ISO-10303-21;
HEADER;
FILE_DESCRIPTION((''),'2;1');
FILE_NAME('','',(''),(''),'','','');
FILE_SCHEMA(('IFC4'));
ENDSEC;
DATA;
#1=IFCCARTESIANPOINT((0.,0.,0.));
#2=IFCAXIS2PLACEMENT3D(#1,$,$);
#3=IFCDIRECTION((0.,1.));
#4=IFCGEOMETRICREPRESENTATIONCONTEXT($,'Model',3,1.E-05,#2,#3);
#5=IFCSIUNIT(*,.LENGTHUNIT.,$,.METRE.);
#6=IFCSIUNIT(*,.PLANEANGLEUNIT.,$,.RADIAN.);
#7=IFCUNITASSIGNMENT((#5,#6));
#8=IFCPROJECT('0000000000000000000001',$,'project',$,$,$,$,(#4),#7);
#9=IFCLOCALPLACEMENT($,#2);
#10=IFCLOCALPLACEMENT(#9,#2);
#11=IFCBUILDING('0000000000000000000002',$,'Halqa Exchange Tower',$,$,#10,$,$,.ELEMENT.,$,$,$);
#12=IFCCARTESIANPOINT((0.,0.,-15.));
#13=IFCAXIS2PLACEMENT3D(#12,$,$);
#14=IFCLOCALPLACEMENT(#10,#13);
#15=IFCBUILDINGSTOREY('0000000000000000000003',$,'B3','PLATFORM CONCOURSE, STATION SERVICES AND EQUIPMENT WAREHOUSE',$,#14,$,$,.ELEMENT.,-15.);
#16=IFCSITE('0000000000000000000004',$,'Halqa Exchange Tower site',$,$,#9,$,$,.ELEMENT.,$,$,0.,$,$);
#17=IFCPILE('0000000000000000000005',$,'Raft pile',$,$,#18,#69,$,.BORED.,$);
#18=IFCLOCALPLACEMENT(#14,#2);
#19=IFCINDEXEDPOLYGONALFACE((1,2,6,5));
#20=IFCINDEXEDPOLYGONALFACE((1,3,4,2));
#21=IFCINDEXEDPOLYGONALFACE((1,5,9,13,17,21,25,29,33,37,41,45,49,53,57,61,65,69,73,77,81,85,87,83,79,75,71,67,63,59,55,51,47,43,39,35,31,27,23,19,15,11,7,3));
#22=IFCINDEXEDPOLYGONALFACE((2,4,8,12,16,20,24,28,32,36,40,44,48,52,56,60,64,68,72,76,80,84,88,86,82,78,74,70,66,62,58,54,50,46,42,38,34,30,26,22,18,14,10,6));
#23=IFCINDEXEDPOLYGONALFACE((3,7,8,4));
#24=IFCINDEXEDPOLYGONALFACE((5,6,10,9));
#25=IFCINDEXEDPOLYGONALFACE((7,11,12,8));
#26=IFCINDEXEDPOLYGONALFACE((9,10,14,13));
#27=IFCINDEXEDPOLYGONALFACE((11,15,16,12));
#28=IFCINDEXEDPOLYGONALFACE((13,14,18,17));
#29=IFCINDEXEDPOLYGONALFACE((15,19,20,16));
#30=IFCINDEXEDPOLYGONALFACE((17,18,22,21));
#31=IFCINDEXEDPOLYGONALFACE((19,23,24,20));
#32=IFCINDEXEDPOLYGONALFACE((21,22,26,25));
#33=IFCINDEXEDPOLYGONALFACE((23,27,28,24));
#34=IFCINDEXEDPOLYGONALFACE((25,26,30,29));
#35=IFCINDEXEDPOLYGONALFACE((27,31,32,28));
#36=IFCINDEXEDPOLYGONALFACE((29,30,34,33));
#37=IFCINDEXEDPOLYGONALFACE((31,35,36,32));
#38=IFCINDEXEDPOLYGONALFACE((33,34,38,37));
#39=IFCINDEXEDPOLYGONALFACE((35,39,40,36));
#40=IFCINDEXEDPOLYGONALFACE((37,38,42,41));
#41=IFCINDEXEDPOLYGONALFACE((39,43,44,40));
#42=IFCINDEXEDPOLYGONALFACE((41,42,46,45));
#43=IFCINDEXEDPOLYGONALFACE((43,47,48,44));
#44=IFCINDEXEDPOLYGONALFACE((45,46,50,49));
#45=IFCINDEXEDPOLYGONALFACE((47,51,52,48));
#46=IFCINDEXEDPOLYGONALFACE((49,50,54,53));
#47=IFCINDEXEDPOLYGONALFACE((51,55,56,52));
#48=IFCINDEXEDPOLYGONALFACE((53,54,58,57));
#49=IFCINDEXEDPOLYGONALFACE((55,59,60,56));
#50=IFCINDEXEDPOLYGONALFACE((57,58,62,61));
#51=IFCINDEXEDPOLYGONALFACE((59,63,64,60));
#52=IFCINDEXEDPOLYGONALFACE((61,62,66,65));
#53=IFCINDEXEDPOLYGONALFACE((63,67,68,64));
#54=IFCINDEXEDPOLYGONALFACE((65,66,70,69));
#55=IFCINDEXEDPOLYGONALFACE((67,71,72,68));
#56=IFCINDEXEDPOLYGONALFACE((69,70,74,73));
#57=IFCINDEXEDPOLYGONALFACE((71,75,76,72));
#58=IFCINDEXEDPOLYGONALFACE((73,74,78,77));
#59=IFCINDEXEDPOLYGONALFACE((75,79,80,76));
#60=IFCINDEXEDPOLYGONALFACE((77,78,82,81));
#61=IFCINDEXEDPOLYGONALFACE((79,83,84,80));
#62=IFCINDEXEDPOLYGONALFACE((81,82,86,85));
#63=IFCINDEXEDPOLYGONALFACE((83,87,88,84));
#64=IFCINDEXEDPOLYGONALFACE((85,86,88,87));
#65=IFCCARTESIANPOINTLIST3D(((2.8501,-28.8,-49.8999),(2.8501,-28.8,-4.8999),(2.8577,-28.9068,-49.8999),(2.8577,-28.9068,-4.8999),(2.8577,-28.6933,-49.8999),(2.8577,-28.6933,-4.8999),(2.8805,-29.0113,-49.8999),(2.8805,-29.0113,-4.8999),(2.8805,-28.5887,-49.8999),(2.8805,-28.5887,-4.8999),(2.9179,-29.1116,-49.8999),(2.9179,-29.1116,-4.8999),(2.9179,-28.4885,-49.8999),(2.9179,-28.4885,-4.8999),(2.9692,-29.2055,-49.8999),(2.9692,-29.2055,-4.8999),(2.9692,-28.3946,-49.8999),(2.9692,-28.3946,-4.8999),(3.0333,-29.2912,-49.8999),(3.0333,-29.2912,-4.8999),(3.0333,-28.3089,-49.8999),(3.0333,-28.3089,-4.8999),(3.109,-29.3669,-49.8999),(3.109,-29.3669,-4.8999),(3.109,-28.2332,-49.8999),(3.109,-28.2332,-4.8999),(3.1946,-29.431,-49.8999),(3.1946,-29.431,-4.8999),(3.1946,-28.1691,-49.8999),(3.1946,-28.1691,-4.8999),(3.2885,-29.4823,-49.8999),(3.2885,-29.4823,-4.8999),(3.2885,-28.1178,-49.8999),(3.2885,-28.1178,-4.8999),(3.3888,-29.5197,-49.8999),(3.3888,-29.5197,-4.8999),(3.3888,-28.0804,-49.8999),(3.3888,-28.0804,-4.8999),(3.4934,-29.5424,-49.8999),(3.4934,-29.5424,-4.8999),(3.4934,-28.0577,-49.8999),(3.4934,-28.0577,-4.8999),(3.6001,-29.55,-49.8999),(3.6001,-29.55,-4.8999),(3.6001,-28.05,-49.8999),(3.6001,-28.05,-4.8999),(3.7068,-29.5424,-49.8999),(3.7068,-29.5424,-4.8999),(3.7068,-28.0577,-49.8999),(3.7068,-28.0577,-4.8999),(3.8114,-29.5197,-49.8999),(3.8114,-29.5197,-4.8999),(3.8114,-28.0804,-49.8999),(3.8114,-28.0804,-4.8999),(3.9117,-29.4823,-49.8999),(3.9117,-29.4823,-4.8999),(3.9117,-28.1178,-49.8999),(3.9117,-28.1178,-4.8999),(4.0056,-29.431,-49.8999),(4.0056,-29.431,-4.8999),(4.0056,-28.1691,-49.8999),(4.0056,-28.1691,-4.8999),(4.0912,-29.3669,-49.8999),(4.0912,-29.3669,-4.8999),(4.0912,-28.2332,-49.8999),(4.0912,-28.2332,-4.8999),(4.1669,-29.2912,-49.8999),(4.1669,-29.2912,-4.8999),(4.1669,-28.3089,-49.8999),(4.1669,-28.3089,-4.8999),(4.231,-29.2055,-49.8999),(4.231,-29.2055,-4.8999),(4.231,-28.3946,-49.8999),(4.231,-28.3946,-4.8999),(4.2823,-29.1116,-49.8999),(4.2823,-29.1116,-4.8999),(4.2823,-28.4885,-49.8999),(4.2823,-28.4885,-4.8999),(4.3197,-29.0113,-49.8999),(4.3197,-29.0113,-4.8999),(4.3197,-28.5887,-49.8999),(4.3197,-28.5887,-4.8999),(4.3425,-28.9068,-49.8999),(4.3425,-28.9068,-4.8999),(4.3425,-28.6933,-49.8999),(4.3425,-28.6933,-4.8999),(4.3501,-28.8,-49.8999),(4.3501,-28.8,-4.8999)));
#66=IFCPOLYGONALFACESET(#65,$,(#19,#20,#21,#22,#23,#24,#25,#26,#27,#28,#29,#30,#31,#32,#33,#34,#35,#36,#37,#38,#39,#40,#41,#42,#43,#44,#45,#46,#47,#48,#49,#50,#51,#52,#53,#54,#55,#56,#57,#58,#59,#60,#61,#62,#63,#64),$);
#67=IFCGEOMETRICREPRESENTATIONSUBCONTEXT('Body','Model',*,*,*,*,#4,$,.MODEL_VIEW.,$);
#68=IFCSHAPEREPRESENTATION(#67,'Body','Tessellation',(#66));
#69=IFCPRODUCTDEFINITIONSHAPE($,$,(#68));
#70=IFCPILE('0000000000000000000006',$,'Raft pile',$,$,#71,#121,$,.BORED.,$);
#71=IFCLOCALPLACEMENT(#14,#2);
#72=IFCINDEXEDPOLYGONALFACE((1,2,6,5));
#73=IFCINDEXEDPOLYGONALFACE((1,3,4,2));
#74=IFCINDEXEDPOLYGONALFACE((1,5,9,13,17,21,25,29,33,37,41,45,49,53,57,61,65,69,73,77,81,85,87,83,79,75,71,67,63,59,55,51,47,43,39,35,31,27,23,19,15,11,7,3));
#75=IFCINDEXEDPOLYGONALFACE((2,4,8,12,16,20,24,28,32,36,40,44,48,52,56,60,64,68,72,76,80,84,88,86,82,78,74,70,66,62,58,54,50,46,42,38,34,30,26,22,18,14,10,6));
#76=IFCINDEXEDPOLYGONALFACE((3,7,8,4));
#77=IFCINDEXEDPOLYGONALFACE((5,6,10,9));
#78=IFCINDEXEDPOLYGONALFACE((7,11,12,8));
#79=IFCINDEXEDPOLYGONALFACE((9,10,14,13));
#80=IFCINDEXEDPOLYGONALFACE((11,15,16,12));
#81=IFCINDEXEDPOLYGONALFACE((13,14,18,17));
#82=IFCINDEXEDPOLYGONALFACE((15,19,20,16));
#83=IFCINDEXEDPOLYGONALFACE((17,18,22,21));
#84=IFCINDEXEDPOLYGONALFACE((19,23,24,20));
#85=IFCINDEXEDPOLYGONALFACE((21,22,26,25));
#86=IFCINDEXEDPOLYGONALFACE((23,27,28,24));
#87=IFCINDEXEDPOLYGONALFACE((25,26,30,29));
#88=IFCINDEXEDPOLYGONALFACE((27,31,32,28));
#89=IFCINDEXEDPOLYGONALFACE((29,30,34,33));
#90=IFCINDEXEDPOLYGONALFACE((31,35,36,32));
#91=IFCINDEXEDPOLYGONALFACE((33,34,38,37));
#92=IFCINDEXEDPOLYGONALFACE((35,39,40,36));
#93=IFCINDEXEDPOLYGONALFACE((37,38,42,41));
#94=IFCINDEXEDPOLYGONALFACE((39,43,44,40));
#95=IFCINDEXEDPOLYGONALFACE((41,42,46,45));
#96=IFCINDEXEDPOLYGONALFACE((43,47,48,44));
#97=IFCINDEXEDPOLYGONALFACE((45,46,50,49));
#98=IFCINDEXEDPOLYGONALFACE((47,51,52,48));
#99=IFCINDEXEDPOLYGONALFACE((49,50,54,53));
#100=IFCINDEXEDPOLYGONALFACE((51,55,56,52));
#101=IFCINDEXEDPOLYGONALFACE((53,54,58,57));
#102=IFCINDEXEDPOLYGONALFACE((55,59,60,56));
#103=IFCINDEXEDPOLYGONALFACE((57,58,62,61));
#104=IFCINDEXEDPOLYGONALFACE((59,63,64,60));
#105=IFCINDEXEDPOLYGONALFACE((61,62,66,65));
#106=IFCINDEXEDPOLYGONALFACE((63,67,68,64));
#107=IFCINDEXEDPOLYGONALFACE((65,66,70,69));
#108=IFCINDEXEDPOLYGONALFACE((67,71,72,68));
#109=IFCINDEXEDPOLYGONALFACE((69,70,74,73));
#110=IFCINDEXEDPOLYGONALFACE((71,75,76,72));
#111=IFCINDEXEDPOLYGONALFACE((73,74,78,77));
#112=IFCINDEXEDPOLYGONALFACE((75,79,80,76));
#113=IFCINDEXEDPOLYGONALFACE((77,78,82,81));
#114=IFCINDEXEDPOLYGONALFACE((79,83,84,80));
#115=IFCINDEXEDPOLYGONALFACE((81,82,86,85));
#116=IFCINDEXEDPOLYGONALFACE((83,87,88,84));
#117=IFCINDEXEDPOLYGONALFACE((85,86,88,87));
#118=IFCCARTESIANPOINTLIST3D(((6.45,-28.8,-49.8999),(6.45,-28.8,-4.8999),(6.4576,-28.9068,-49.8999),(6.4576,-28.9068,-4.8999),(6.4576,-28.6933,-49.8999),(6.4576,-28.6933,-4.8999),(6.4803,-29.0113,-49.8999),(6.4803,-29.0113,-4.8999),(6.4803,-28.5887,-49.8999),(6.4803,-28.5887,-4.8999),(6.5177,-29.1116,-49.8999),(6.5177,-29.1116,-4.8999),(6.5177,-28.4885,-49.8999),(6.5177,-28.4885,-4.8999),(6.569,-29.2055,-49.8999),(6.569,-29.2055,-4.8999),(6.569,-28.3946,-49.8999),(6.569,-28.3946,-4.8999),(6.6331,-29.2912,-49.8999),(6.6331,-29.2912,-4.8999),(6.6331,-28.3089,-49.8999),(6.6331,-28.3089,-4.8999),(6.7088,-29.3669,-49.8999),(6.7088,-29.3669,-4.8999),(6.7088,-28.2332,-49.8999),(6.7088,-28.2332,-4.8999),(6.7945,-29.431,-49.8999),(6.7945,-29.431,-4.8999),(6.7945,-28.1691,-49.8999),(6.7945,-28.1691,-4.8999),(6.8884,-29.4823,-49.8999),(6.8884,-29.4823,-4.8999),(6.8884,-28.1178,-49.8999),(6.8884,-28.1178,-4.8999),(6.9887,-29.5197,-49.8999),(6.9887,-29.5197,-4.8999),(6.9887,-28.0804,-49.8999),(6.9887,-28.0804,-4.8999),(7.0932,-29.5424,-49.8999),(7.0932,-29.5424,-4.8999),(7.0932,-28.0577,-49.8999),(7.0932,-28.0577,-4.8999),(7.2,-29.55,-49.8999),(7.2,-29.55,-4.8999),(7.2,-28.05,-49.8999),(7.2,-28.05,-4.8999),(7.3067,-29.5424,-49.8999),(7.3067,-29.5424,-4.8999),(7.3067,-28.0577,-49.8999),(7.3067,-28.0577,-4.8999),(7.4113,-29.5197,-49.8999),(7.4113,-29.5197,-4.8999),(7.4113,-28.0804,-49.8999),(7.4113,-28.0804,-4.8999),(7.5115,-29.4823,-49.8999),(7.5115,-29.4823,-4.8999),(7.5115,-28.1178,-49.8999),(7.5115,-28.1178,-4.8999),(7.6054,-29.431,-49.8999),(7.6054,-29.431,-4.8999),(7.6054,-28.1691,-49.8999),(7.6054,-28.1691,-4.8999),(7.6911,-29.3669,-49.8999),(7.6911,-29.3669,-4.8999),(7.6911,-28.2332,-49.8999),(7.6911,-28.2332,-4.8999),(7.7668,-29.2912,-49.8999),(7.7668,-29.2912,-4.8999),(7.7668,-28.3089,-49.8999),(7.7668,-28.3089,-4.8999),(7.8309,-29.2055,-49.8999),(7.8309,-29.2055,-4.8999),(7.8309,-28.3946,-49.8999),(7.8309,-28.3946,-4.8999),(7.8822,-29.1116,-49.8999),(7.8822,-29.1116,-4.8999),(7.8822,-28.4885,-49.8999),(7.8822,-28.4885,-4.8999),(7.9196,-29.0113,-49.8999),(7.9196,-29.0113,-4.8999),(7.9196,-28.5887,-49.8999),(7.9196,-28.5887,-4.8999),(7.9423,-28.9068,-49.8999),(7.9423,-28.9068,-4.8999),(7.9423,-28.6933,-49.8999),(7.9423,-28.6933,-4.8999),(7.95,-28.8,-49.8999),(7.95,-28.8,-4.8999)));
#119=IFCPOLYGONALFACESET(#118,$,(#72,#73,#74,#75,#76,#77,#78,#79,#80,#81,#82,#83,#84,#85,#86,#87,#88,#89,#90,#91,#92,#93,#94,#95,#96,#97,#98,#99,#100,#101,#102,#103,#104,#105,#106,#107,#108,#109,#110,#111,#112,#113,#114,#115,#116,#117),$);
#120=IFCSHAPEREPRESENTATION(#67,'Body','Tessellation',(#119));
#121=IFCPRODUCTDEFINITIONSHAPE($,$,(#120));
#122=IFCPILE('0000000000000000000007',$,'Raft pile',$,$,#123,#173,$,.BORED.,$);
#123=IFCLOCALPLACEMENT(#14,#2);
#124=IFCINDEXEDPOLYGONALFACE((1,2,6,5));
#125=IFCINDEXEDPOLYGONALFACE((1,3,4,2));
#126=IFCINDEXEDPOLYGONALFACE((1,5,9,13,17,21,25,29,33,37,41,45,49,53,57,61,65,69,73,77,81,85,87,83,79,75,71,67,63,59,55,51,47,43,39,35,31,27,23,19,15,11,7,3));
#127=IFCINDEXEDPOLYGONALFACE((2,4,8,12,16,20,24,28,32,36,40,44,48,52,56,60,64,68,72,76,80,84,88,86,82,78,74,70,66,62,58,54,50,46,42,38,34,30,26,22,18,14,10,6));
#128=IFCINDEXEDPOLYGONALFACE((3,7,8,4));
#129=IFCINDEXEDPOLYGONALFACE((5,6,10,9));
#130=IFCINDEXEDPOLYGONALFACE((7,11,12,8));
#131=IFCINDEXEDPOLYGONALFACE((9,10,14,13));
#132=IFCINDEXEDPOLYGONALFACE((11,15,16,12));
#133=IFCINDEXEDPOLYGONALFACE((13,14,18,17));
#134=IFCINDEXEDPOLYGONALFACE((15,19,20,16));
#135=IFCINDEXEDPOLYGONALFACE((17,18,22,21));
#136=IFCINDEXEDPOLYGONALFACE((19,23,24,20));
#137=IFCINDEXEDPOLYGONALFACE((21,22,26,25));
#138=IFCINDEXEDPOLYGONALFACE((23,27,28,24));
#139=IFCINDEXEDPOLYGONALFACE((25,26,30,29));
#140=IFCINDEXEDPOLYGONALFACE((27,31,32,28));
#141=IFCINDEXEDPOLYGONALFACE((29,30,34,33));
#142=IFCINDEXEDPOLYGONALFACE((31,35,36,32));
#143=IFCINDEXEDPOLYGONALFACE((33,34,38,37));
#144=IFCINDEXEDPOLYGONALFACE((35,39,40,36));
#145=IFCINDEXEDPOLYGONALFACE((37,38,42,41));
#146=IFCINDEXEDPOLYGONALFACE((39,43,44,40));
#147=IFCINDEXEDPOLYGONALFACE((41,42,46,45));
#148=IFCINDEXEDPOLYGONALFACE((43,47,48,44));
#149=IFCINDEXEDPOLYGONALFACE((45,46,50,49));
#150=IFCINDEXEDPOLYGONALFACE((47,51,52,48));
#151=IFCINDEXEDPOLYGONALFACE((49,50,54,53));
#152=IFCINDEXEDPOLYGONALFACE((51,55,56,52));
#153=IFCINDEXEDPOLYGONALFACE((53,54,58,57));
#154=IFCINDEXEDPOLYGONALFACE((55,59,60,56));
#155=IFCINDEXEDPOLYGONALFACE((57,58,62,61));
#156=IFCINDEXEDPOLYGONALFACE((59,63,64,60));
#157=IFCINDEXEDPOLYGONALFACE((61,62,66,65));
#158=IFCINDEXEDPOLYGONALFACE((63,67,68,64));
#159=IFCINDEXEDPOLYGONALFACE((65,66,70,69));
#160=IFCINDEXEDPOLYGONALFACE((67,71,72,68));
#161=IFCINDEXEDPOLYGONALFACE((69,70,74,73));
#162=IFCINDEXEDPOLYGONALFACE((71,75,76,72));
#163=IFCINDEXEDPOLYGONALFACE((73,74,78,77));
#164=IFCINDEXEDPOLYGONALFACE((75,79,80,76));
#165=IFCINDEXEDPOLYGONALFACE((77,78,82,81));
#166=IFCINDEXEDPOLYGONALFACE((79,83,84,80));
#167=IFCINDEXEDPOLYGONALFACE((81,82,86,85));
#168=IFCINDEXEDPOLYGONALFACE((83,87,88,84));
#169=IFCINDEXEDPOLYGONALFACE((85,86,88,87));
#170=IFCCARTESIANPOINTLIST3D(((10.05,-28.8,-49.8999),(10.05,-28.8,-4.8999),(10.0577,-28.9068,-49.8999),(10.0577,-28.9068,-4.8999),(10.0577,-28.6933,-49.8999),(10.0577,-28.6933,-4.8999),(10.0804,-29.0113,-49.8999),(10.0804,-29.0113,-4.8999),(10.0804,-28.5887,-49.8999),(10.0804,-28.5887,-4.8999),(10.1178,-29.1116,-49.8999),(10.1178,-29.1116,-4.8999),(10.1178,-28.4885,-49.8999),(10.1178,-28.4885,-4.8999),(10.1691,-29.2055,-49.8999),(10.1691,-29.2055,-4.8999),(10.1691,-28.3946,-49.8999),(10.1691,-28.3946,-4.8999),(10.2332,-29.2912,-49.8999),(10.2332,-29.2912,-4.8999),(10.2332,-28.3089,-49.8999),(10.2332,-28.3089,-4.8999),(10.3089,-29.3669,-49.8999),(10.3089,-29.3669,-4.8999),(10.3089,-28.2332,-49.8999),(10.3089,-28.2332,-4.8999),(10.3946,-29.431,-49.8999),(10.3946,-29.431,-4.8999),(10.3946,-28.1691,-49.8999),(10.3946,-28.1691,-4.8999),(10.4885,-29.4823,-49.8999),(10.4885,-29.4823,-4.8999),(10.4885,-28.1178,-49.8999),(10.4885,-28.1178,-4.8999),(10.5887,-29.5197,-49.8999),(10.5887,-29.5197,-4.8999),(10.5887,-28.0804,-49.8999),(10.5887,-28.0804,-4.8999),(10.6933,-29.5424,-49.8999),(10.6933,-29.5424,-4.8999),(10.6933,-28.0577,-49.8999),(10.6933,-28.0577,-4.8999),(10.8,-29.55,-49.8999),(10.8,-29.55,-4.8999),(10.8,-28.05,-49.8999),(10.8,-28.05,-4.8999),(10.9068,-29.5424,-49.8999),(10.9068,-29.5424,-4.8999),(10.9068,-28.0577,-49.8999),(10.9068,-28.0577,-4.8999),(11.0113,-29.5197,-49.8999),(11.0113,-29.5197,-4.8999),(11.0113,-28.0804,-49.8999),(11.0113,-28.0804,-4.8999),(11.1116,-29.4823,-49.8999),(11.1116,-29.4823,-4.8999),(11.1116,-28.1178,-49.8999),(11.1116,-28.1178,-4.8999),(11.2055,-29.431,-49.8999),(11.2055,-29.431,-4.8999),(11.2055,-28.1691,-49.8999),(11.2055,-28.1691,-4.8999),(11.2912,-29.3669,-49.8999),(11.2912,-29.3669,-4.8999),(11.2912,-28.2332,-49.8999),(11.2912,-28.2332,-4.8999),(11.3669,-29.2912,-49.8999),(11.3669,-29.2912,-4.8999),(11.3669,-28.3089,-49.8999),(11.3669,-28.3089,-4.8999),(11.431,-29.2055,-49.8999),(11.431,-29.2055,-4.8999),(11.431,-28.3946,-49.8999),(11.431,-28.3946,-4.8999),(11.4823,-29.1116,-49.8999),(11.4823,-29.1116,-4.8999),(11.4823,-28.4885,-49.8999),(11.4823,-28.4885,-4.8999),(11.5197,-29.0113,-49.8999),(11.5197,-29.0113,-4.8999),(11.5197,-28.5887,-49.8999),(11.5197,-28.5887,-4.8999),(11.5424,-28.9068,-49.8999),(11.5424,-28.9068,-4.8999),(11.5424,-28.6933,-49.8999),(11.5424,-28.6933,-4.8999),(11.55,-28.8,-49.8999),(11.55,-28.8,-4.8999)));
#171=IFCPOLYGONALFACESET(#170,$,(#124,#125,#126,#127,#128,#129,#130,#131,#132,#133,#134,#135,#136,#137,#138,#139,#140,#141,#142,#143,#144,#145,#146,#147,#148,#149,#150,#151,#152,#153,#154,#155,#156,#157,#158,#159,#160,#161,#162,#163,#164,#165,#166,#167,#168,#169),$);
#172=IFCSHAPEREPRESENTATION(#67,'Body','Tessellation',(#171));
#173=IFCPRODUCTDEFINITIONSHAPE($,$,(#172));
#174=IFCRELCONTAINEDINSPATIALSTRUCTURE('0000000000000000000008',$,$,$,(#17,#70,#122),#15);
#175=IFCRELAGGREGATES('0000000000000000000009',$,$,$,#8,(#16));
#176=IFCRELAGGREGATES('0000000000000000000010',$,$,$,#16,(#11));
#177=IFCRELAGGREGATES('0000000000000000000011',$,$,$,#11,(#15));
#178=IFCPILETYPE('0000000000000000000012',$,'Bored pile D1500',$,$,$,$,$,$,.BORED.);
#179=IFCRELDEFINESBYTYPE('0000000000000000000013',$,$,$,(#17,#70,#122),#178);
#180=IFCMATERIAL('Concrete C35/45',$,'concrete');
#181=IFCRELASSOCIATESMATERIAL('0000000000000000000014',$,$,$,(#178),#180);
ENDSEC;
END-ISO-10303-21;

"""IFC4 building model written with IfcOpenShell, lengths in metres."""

from ifc_helpers import new_model, si_unit, direction, frame, origin, origin_2d, place, context, subcontext, project, spatial, circle, extrude, material, material_profile, profile_set, type_object, element, save


model = new_model("IFC4")

# Units and contexts
model_context = context("Model", 3, precision=1e-05, world=origin(), true_north=direction((0.0, 1.0)))
body_context = subcontext(model_context, "Body", "Model", "MODEL_VIEW")
ifc_project = project(units=[si_unit("LENGTHUNIT", "METRE"), si_unit("PLANEANGLEUNIT", "RADIAN")], contexts=[model_context])

# Site, building, storey
site_placement = place(None, origin())
site = spatial("IfcSite", under=ifc_project, at=site_placement, Name="Halqa Exchange Tower site", CompositionType="ELEMENT", RefElevation=0.0)
building_placement = place(site_placement, origin())
building = spatial("IfcBuilding", under=site, at=building_placement, Name="Halqa Exchange Tower", CompositionType="ELEMENT")
storey_placement = place(building_placement, frame((0.0, 0.0, -15.0)))
storey = spatial("IfcBuildingStorey", under=building, at=storey_placement, Name="B3", Description="PLATFORM CONCOURSE, STATION SERVICES AND EQUIPMENT WAREHOUSE", CompositionType="ELEMENT", Elevation=-15.0)

# Piles
ifc_material_1 = material(Name="Concrete C35/45", Category="concrete")
ifc_material_profile_1 = material_profile(ifc_material_1, circle(Radius=0.75, at=origin_2d()), Name="D1500")
ifc_profile_set_1 = profile_set([ifc_material_profile_1], Name="Concrete C35/45")
pile_type_1 = type_object("IfcPileType", Name="Bored pile D1500", PredefinedType="BORED", material=ifc_profile_set_1)
for number, where, z_axis, x_axis, name in (
    (1, (3.6001, -28.8, -4.8999), (0.0, 0.0, -1.0), (1.0, 0.0, 0.0), "Raft pile"),
    (2, (7.2, -28.8, -4.8999), (0.0, 0.0, -1.0), (1.0, 0.0, 0.0), "Raft pile"),
    (3, (10.8, -28.8, -4.8999), (0.0, 0.0, -1.0), (1.0, 0.0, 0.0), "Raft pile"),
):
    element("IfcPile", number, at=place(storey_placement, frame(where, z_axis=z_axis, x_axis=x_axis)), inside=storey, type_object=pile_type_1, Name=name, PredefinedType="BORED", context=body_context, shape_type="SweptSolid", body=[
        extrude(circle(Radius=0.75, at=origin_2d()), origin(), (0.0, 0.0, 1.0), 45.0),
    ])

save(model, "model.ifc")
